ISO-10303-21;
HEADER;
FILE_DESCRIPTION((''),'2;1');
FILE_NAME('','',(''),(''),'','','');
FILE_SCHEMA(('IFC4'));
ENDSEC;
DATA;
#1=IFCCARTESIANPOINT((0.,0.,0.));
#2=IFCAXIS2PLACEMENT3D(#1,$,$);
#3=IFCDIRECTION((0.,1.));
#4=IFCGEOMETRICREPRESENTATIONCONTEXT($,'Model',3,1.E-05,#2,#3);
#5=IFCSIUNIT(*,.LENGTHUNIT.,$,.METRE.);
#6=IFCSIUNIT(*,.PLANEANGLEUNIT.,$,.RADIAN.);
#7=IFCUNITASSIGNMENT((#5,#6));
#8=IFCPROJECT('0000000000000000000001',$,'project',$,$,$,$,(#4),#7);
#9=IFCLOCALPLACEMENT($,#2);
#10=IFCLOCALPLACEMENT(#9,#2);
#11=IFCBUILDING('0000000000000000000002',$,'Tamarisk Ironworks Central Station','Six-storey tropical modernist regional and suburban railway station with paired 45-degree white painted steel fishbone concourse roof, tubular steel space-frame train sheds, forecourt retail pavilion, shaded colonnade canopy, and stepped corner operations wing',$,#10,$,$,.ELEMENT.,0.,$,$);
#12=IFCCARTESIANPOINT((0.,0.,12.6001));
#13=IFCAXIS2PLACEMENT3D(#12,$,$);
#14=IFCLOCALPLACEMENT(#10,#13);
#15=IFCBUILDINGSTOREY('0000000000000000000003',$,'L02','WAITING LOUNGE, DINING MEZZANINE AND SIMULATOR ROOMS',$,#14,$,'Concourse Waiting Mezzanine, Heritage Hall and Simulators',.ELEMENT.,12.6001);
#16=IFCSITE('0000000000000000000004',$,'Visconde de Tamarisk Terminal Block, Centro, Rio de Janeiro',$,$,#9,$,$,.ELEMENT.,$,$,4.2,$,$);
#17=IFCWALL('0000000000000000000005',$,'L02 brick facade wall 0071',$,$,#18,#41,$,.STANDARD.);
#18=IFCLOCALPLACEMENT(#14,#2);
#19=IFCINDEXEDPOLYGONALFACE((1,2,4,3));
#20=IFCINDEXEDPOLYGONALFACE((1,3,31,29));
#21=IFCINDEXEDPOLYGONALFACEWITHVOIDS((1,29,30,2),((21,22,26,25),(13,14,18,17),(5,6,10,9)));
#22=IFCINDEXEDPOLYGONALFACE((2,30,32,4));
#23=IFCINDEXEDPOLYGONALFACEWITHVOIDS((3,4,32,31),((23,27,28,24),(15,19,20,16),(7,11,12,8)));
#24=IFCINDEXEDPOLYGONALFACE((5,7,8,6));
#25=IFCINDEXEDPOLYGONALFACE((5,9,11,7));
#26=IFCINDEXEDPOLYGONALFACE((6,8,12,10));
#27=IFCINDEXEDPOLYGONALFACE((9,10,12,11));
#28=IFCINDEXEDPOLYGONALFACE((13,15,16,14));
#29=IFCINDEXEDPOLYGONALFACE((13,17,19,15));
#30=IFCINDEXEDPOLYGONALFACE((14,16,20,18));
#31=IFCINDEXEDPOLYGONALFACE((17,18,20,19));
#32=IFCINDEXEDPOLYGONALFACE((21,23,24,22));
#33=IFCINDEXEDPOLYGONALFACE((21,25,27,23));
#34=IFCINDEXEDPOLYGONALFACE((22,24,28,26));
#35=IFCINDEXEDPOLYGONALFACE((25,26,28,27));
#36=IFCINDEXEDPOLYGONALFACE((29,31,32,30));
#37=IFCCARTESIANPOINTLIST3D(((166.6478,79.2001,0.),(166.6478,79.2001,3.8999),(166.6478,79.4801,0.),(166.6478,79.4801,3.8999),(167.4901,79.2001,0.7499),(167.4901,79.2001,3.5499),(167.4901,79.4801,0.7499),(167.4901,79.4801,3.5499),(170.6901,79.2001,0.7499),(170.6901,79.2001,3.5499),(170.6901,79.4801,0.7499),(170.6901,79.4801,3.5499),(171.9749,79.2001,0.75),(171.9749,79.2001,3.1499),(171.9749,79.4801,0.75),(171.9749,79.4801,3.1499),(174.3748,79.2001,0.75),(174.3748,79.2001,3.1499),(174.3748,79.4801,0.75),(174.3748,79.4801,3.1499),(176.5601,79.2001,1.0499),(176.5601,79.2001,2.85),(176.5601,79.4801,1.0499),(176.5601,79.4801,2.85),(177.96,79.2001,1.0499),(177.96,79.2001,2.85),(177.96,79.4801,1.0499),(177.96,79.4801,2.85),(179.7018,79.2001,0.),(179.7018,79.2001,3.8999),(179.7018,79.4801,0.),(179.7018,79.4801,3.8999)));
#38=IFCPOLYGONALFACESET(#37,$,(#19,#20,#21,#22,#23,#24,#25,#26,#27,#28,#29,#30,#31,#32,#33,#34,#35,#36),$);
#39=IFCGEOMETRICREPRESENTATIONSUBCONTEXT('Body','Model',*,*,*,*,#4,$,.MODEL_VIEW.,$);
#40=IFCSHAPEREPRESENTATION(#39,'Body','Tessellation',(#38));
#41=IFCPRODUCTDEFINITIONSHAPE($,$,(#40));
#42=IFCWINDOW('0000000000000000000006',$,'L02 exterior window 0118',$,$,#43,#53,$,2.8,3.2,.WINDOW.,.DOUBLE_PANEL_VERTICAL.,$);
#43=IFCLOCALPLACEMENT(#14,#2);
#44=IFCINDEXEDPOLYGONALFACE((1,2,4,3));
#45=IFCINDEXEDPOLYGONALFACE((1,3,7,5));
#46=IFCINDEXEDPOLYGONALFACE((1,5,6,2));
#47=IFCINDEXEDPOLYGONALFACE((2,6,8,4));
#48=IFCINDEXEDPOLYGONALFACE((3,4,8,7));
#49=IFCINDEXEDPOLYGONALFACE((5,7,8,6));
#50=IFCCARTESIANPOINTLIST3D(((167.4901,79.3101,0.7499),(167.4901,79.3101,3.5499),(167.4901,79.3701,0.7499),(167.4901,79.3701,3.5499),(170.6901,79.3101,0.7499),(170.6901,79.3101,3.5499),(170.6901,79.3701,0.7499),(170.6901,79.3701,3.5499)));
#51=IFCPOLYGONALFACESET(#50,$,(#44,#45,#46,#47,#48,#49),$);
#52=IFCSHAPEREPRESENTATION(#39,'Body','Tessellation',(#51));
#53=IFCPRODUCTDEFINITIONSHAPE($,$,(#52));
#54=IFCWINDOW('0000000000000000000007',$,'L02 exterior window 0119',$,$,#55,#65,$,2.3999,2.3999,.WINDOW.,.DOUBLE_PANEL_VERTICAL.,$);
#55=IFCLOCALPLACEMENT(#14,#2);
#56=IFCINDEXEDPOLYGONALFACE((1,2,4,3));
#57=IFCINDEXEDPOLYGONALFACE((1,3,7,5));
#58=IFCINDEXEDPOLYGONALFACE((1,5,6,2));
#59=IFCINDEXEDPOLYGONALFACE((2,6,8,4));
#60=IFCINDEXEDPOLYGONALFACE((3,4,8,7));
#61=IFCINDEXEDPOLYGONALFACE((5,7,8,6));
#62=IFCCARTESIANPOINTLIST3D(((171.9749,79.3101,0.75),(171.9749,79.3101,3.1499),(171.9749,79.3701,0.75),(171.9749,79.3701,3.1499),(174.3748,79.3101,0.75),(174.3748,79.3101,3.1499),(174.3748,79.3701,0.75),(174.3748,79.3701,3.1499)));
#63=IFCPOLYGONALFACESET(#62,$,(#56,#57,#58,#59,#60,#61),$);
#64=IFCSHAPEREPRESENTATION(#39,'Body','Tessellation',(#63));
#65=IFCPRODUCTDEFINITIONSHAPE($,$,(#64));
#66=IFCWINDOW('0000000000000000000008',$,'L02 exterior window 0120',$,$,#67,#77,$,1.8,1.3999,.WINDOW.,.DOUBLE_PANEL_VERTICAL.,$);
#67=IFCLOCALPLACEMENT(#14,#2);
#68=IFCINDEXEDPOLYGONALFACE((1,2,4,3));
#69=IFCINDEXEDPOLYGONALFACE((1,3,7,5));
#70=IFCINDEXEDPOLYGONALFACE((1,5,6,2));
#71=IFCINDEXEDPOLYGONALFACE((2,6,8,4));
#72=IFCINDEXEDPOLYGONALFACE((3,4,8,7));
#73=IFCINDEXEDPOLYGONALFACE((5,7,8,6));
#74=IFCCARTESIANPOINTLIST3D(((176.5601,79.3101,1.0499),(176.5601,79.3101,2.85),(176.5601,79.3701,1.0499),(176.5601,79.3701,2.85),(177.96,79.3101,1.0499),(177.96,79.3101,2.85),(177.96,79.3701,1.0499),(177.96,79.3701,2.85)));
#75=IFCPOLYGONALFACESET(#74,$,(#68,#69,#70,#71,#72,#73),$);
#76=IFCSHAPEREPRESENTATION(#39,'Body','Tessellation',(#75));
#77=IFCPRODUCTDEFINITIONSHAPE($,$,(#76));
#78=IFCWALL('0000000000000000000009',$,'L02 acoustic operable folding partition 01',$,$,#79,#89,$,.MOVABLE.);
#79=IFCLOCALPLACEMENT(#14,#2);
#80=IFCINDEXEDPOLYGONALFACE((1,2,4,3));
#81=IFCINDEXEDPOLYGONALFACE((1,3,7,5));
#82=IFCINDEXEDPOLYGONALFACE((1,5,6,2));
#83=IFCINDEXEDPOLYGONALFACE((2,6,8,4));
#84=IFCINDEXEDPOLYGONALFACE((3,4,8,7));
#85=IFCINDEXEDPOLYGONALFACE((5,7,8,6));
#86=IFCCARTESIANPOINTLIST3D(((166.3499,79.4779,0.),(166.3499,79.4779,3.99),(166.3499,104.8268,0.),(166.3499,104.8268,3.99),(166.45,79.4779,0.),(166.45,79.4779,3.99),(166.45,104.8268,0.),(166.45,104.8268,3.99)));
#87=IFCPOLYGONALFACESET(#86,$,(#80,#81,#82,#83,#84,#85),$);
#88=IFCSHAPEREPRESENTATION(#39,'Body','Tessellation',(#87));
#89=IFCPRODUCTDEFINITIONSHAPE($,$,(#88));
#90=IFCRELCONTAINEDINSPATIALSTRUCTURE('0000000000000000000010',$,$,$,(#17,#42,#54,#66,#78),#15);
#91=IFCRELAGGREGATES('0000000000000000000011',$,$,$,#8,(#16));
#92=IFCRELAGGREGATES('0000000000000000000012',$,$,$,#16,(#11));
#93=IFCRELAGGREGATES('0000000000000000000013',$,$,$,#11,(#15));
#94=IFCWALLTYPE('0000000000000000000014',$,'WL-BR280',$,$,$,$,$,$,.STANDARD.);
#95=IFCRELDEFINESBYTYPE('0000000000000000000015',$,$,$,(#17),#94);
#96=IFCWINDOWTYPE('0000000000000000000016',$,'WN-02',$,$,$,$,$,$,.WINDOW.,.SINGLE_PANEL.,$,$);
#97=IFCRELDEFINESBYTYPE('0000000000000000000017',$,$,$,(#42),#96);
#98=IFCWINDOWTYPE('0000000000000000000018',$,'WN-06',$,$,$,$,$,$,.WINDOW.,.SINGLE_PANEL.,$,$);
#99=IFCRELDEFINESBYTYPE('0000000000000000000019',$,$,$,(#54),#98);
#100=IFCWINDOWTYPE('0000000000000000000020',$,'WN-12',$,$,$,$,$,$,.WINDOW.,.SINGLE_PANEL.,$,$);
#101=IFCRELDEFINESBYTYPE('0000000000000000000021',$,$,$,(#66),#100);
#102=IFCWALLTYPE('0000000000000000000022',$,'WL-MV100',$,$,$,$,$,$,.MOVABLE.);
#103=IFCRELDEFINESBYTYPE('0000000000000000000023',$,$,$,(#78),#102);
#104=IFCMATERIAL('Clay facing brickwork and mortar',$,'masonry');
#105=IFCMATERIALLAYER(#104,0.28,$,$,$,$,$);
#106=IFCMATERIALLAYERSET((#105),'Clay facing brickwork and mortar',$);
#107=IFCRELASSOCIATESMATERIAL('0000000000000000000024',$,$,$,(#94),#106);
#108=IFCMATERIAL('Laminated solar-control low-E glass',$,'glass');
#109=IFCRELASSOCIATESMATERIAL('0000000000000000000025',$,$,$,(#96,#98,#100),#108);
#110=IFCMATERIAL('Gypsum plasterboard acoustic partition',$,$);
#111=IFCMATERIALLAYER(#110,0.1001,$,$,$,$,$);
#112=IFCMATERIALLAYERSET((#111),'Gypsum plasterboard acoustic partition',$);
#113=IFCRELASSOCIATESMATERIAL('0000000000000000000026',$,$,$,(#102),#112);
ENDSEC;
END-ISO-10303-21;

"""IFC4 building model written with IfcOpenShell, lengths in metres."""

from ifc_helpers import new_model, si_unit, direction, frame, frame_2d, origin, place, context, subcontext, project, spatial, rectangle, extrude, material, layer, layer_set, type_object, element, fill, save


model = new_model("IFC4")

# Units and contexts
model_context = context("Model", 3, precision=1e-05, world=origin(), true_north=direction((0.0, 1.0)))
body_context = subcontext(model_context, "Body", "Model", "MODEL_VIEW")
ifc_project = project(units=[si_unit("LENGTHUNIT", "METRE"), si_unit("PLANEANGLEUNIT", "RADIAN")], contexts=[model_context])

# Site, building, storey
site_placement = place(None, origin())
site = spatial("IfcSite", under=ifc_project, at=site_placement, Name="Visconde de Tamarisk Terminal Block, Centro, Rio de Janeiro", CompositionType="ELEMENT", RefElevation=4.2)
building_placement = place(site_placement, origin())
building = spatial("IfcBuilding", under=site, at=building_placement, Name="Tamarisk Ironworks Central Station", Description="Six-storey tropical modernist regional and suburban railway station with paired 45-degree white painted steel fishbone concourse roof, tubular steel space-frame train sheds, forecourt retail pavilion, shaded colonnade canopy, and stepped corner operations wing", CompositionType="ELEMENT", ElevationOfRefHeight=0.0)
storey_placement = place(building_placement, frame((0.0, 0.0, 12.6001)))
storey = spatial("IfcBuildingStorey", under=building, at=storey_placement, Name="L02", Description="WAITING LOUNGE, DINING MEZZANINE AND SIMULATOR ROOMS", LongName="Concourse Waiting Mezzanine, Heritage Hall and Simulators", CompositionType="ELEMENT", Elevation=12.6001)

# Wall, openings, windows
ifc_material_1 = material(Name="Clay facing brickwork and mortar", Category="masonry")
ifc_layer_1 = layer(ifc_material_1, 0.28)
ifc_layer_set_1 = layer_set([ifc_layer_1], Name="Clay facing brickwork and mortar")
wall_type_1 = type_object("IfcWallType", Name="WL-BR280", PredefinedType="STANDARD", material=ifc_layer_set_1)
ifc_material_2 = material(Name="Laminated solar-control low-E glass", Category="glass")
window_type_1 = type_object("IfcWindowType", Name="WN-02", PartitioningType="SINGLE_PANEL", PredefinedType="WINDOW", material=ifc_material_2)
window_type_2 = type_object("IfcWindowType", Name="WN-06", PartitioningType="SINGLE_PANEL", PredefinedType="WINDOW", material=ifc_material_2)
window_type_3 = type_object("IfcWindowType", Name="WN-12", PartitioningType="SINGLE_PANEL", PredefinedType="WINDOW", material=ifc_material_2)
wall_1_placement = place(storey_placement, frame((166.6479, 79.3401, 0.0), z_axis=(0.0, 0.0, 1.0), x_axis=(1.0, 0.0, 0.0)))
wall_1 = element("IfcWall", 1, at=wall_1_placement, inside=storey, type_object=wall_type_1, Name="L02 brick facade wall 0071", PredefinedType="STANDARD", context=body_context, shape_type="SweptSolid", body=[
    extrude(rectangle(XDim=13.054, YDim=0.28, at=frame_2d((6.5269, 0.0))), origin(), (0.0, 0.0, 1.0), 3.8999),
])
opening_1_placement = place(wall_1_placement, frame((0.842, 0.0, 0.75)))
opening_1 = element("IfcOpeningElement", 2, at=opening_1_placement, cuts=wall_1, PredefinedType="OPENING", context=body_context, shape_type="SweptSolid", body=[
    extrude(rectangle(XDim=3.2, YDim=2.8, at=frame_2d((1.6001, 1.3999))), frame((0.0, 0.1519, 0.0), z_axis=(0.0, -1.0, 0.0), x_axis=(1.0, 0.0, 0.0)), (0.0, 0.0, 1.0), 0.304),
])
opening_2_placement = place(wall_1_placement, frame((5.3269, 0.0, 0.75)))
opening_2 = element("IfcOpeningElement", 3, at=opening_2_placement, cuts=wall_1, PredefinedType="OPENING", context=body_context, shape_type="SweptSolid", body=[
    extrude(rectangle(XDim=2.3999, YDim=2.3999, at=frame_2d((1.2, 1.2))), frame((0.0, 0.1519, 0.0), z_axis=(0.0, -1.0, 0.0), x_axis=(1.0, 0.0, 0.0)), (0.0, 0.0, 1.0), 0.304),
])
opening_3_placement = place(wall_1_placement, frame((9.9121, 0.0, 1.05)))
opening_3 = element("IfcOpeningElement", 4, at=opening_3_placement, cuts=wall_1, PredefinedType="OPENING", context=body_context, shape_type="SweptSolid", body=[
    extrude(rectangle(XDim=1.3999, YDim=1.8, at=frame_2d((0.7, 0.8999))), frame((0.0, 0.1519, 0.0), z_axis=(0.0, -1.0, 0.0), x_axis=(1.0, 0.0, 0.0)), (0.0, 0.0, 1.0), 0.304),
])
window_1_placement = place(opening_1_placement, origin())
window_1 = element("IfcWindow", 5, at=window_1_placement, inside=storey, type_object=window_type_1, Name="L02 exterior window 0118", OverallHeight=2.8, OverallWidth=3.2, PartitioningType="DOUBLE_PANEL_VERTICAL", PredefinedType="WINDOW", context=body_context, shape_type="SweptSolid", body=[
    extrude(rectangle(XDim=3.2, YDim=2.8, at=frame_2d((1.6001, 1.3999))), frame((0.0, 0.03, 0.0), z_axis=(0.0, -1.0, 0.0), x_axis=(1.0, 0.0, 0.0)), (0.0, 0.0, 1.0), 0.0601),
])
fill(opening_1, window_1)
window_2_placement = place(opening_2_placement, origin())
window_2 = element("IfcWindow", 6, at=window_2_placement, inside=storey, type_object=window_type_2, Name="L02 exterior window 0119", OverallHeight=2.3999, OverallWidth=2.3999, PartitioningType="DOUBLE_PANEL_VERTICAL", PredefinedType="WINDOW", context=body_context, shape_type="SweptSolid", body=[
    extrude(rectangle(XDim=2.3999, YDim=2.3999, at=frame_2d((1.2, 1.2))), frame((0.0, 0.03, 0.0), z_axis=(0.0, -1.0, 0.0), x_axis=(1.0, 0.0, 0.0)), (0.0, 0.0, 1.0), 0.0601),
])
fill(opening_2, window_2)
window_3_placement = place(opening_3_placement, origin())
window_3 = element("IfcWindow", 7, at=window_3_placement, inside=storey, type_object=window_type_3, Name="L02 exterior window 0120", OverallHeight=1.8, OverallWidth=1.3999, PartitioningType="DOUBLE_PANEL_VERTICAL", PredefinedType="WINDOW", context=body_context, shape_type="SweptSolid", body=[
    extrude(rectangle(XDim=1.3999, YDim=1.8, at=frame_2d((0.7, 0.8999))), frame((0.0, 0.03, 0.0), z_axis=(0.0, -1.0, 0.0), x_axis=(1.0, 0.0, 0.0)), (0.0, 0.0, 1.0), 0.0601),
])
fill(opening_3, window_3)

# Wall
ifc_material_3 = material(Name="Gypsum plasterboard acoustic partition")
ifc_layer_2 = layer(ifc_material_3, 0.1001)
ifc_layer_set_2 = layer_set([ifc_layer_2], Name="Gypsum plasterboard acoustic partition")
wall_type_2 = type_object("IfcWallType", Name="WL-MV100", PredefinedType="MOVABLE", material=ifc_layer_set_2)
wall_2_placement = place(storey_placement, frame((166.3999, 79.478, 0.0), z_axis=(0.0, 0.0, 1.0), x_axis=(0.0, 1.0, 0.0)))
element("IfcWall", 8, at=wall_2_placement, inside=storey, type_object=wall_type_2, Name="L02 acoustic operable folding partition 01", PredefinedType="MOVABLE", context=body_context, shape_type="SweptSolid", body=[
    extrude(rectangle(XDim=25.3489, YDim=0.1001, at=frame_2d((12.6743, 0.0))), origin(), (0.0, 0.0, 1.0), 3.99),
])

save(model, "model.ifc")
